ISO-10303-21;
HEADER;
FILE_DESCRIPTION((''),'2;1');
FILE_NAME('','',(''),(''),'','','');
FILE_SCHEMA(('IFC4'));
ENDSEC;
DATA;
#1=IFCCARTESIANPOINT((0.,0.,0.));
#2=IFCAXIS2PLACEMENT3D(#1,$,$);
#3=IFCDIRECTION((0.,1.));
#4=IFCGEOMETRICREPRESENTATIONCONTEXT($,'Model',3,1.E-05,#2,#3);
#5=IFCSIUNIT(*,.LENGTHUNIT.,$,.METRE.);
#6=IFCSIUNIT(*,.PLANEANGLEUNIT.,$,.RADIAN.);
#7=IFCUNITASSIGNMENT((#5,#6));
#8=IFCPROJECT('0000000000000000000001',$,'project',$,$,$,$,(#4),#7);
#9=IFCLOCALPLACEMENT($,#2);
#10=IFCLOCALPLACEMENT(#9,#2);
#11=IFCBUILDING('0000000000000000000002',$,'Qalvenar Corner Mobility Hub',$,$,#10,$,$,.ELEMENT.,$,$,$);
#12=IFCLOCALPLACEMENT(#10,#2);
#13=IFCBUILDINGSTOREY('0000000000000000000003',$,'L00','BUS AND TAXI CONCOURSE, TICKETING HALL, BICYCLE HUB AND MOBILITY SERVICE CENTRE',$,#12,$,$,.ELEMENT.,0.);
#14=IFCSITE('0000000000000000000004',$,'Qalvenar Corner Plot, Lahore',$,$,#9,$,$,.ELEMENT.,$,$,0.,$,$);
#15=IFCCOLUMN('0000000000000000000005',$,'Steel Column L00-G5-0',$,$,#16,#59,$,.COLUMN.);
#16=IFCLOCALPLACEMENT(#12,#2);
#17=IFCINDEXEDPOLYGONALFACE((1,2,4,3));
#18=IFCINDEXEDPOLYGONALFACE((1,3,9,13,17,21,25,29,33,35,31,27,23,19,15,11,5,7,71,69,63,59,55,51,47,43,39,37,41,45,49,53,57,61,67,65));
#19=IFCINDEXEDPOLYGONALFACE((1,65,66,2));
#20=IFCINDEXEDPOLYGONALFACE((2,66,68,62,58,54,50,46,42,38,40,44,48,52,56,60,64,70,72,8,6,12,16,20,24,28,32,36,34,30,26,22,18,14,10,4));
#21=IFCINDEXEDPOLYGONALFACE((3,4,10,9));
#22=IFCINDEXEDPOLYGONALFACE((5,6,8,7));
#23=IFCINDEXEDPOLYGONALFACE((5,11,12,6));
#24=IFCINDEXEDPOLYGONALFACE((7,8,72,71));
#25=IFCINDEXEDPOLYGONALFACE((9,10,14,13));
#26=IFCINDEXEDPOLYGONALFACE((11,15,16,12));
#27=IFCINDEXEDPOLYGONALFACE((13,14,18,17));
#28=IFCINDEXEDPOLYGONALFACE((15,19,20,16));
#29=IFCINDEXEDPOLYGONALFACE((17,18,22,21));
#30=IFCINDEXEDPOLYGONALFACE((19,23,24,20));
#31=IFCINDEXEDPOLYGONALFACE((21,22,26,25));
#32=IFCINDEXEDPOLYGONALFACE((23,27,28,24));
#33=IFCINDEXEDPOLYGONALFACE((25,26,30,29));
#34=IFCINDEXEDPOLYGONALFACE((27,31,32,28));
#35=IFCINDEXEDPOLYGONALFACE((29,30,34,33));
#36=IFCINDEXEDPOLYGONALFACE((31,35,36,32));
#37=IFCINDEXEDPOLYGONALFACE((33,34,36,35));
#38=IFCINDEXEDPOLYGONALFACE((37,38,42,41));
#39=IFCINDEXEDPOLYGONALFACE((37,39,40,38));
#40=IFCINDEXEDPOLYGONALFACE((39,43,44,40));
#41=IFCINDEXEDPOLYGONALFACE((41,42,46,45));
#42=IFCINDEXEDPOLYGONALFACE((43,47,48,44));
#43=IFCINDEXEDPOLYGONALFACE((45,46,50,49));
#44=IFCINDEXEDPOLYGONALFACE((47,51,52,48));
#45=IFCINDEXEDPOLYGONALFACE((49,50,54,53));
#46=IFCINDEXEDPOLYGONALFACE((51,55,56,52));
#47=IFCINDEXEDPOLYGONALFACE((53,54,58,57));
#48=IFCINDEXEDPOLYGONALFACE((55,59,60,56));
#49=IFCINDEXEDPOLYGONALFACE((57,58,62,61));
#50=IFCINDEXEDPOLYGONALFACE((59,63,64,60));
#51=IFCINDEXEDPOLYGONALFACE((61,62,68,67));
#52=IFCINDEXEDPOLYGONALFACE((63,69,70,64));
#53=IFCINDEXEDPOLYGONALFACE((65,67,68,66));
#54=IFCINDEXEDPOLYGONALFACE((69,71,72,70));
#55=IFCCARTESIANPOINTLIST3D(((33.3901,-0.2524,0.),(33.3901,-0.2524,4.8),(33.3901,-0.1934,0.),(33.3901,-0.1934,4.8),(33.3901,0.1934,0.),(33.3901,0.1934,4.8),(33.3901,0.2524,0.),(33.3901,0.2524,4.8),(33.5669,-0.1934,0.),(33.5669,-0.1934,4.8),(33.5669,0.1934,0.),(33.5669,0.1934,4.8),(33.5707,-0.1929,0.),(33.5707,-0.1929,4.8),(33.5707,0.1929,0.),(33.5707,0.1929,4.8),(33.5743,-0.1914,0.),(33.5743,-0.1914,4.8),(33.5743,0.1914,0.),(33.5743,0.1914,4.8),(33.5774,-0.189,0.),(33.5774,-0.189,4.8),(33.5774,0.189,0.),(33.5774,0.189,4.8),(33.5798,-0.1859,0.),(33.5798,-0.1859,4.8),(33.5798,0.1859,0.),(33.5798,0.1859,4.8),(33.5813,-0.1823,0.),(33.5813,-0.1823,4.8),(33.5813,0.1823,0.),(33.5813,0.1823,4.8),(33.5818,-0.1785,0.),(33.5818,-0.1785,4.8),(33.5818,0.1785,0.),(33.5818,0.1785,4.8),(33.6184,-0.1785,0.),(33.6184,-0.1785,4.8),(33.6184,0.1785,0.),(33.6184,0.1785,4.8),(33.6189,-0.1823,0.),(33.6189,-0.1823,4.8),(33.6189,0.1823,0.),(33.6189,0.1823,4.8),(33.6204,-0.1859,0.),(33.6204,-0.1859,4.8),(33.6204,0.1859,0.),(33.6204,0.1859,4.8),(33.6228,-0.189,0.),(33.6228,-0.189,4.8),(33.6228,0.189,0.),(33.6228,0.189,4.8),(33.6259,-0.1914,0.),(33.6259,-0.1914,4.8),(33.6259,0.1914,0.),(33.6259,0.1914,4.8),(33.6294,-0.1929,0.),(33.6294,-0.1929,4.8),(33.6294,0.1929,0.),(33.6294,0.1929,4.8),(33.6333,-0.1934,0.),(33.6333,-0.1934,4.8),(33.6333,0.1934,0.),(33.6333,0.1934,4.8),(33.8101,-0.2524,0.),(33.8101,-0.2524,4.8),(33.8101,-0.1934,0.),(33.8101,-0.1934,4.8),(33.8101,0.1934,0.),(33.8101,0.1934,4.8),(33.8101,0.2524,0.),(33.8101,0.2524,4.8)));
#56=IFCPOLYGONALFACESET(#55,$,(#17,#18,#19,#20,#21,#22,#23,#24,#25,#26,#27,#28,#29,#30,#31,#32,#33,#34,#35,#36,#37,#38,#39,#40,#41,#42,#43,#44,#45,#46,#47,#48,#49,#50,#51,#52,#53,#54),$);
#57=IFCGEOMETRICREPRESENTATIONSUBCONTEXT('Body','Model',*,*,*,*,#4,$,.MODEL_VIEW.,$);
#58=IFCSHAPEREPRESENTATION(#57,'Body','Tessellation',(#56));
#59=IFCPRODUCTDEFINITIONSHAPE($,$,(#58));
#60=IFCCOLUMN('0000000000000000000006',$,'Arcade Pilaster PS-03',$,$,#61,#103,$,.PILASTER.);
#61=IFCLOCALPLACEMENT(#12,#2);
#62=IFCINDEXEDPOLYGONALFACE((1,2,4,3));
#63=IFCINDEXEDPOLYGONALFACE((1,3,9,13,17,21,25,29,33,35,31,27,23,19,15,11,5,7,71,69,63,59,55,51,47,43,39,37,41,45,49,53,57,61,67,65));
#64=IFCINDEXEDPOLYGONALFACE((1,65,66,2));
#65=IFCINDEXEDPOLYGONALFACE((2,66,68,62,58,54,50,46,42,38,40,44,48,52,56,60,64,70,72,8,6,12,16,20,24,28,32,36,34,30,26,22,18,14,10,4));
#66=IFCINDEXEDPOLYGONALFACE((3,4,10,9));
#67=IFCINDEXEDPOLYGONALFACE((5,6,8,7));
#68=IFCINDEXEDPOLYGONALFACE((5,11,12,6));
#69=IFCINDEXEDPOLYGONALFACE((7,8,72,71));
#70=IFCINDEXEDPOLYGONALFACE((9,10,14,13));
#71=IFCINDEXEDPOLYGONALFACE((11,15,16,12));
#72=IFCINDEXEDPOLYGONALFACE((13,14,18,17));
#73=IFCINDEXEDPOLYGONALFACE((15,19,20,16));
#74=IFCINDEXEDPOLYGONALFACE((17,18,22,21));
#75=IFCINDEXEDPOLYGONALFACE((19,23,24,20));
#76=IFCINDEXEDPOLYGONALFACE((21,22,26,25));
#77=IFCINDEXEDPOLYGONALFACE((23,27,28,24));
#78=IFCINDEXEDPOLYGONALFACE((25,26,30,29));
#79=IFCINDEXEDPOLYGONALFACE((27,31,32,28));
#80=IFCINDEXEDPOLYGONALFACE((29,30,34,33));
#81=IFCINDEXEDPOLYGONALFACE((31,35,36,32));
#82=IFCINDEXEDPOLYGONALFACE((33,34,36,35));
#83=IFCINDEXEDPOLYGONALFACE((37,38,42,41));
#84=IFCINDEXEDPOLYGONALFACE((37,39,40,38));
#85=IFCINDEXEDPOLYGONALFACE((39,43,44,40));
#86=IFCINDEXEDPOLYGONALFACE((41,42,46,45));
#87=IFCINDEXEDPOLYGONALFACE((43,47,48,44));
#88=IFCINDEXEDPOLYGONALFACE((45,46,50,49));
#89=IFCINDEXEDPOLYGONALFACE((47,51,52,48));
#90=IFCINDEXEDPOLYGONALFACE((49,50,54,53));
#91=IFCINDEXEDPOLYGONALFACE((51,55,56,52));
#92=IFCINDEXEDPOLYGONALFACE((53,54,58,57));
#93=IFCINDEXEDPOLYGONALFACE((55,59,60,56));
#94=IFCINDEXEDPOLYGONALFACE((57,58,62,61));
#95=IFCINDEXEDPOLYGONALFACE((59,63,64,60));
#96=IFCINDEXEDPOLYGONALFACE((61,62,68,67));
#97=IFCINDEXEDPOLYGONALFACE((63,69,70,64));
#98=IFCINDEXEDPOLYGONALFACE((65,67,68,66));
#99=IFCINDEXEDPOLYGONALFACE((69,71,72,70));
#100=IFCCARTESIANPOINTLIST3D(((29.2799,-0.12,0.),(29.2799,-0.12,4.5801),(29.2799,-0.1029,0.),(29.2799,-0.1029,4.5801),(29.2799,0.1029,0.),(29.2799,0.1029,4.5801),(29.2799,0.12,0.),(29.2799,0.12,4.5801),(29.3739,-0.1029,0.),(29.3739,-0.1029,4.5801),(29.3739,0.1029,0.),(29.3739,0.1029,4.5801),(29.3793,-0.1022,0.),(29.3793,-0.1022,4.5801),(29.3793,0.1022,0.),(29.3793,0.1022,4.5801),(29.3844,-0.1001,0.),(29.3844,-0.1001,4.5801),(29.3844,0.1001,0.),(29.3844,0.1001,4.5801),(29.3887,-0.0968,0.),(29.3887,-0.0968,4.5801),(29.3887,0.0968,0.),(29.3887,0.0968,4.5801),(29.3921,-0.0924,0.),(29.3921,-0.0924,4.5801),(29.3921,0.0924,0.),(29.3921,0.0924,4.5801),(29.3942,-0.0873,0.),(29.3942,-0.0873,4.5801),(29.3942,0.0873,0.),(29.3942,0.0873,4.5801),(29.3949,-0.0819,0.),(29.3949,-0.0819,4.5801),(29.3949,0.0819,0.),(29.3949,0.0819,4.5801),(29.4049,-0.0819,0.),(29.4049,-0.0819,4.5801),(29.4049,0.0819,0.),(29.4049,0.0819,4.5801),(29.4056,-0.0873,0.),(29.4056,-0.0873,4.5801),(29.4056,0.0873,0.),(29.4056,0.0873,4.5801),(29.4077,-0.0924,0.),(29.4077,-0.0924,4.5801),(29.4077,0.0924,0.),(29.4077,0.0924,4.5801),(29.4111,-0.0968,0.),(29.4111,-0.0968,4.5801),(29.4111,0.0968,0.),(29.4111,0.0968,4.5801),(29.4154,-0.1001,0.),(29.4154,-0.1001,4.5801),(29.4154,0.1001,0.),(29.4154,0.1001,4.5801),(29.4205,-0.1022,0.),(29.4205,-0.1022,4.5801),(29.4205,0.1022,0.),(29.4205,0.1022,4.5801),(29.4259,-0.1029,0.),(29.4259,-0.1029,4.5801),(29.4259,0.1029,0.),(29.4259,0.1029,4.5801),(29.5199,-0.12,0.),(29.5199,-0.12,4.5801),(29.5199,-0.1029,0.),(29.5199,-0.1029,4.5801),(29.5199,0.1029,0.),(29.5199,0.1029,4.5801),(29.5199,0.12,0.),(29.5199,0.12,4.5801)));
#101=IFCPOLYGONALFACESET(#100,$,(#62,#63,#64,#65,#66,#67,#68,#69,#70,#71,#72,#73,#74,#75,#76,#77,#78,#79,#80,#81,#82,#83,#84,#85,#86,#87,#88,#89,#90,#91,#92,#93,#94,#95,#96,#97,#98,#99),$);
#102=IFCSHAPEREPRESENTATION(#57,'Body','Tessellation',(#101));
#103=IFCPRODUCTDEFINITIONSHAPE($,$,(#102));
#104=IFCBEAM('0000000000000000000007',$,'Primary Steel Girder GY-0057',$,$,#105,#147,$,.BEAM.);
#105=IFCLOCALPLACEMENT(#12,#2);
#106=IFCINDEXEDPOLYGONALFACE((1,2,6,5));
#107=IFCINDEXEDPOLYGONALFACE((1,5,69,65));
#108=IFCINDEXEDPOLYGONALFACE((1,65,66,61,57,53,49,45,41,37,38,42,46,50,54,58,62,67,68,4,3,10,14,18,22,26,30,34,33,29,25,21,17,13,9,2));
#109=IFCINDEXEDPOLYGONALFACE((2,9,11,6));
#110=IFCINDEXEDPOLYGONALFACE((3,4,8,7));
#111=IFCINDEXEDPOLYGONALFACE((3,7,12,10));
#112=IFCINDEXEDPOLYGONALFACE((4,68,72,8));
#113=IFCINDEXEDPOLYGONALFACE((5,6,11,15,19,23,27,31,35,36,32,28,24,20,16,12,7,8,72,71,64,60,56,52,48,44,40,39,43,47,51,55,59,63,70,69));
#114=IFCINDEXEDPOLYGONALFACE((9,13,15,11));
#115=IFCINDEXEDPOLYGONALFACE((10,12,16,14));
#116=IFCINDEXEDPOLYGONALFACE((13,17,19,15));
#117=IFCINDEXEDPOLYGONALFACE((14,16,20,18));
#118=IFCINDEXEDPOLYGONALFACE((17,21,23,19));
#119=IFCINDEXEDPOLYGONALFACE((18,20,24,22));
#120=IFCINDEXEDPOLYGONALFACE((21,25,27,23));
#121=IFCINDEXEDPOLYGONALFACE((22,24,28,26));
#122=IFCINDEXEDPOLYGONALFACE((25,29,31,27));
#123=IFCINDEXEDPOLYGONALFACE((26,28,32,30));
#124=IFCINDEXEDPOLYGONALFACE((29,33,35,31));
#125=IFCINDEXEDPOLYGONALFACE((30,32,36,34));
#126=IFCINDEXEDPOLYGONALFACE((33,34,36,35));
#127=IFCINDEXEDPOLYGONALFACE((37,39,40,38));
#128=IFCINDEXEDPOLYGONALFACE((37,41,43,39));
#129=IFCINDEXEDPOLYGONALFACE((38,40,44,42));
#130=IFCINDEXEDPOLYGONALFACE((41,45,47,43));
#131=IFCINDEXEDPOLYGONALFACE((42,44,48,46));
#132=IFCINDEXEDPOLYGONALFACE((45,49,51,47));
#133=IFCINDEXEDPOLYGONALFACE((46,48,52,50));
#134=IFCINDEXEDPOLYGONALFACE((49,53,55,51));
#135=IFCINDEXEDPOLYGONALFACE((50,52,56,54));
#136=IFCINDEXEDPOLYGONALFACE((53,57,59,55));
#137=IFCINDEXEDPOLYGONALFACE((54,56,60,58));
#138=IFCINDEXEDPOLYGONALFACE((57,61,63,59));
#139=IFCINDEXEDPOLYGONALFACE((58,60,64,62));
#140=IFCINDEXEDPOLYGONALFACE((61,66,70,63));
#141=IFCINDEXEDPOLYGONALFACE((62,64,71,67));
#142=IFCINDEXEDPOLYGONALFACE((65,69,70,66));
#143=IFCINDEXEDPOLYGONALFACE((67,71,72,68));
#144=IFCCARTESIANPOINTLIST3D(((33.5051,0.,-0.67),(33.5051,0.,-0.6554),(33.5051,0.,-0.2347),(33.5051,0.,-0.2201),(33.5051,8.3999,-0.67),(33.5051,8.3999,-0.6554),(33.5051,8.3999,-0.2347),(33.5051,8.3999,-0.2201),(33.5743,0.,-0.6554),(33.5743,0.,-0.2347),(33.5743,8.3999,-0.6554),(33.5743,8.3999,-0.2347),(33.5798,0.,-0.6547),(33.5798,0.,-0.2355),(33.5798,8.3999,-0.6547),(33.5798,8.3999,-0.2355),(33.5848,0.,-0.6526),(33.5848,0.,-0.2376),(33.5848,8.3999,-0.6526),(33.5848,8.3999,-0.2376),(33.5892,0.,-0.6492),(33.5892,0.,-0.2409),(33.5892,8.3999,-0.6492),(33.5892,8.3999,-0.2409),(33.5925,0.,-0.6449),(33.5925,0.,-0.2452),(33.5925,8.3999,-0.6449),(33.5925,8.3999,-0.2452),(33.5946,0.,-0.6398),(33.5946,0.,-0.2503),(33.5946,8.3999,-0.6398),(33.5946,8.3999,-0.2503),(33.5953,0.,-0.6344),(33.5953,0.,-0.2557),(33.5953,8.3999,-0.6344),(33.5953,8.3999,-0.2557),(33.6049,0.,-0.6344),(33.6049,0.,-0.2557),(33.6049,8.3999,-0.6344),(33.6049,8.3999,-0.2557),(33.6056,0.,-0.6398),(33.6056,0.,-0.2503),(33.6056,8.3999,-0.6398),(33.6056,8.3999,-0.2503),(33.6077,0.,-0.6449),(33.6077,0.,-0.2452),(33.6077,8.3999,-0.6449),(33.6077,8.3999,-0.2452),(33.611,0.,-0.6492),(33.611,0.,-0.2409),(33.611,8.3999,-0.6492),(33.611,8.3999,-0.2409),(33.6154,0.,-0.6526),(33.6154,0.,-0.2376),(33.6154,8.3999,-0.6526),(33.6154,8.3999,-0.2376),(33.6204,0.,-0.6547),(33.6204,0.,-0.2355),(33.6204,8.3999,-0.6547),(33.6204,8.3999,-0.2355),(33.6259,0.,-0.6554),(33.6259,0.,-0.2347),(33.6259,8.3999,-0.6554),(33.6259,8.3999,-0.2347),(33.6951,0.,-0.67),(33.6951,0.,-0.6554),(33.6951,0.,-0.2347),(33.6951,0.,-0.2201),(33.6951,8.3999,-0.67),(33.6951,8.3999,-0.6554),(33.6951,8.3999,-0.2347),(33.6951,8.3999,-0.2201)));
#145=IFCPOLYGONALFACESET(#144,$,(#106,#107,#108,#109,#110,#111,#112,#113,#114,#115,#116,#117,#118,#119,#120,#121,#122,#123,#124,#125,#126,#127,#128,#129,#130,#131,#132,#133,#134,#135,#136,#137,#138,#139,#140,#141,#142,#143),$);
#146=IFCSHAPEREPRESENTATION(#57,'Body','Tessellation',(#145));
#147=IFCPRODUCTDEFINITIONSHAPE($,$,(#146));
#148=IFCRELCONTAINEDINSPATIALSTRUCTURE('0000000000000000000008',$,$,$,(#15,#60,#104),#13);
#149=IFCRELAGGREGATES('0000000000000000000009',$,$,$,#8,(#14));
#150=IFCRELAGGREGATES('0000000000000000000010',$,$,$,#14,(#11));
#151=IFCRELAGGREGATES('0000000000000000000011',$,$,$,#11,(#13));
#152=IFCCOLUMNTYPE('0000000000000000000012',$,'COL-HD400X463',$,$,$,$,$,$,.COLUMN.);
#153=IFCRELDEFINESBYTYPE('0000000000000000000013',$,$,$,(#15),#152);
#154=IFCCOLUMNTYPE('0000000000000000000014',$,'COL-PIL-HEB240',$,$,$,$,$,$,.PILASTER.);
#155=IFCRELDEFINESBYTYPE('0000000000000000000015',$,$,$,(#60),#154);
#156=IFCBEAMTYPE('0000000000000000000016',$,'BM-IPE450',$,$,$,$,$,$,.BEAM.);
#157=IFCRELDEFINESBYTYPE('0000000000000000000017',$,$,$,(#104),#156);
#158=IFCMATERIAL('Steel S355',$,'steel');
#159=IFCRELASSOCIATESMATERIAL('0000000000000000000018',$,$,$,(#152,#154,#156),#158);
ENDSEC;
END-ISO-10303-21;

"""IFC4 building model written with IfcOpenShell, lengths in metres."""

from ifc_helpers import new_model, si_unit, direction, frame, origin, origin_2d, place, context, subcontext, project, spatial, i_section, extrude, material, material_profile, profile_set, type_object, element, save


model = new_model("IFC4")

# Units and contexts
model_context = context("Model", 3, precision=1e-05, world=origin(), true_north=direction((0.0, 1.0)))
body_context = subcontext(model_context, "Body", "Model", "MODEL_VIEW")
ifc_project = project(units=[si_unit("LENGTHUNIT", "METRE"), si_unit("PLANEANGLEUNIT", "RADIAN")], contexts=[model_context])

# Site, building, storey
site_placement = place(None, origin())
site = spatial("IfcSite", under=ifc_project, at=site_placement, Name="Qalvenar Corner Plot, Lahore", CompositionType="ELEMENT", RefElevation=0.0)
building_placement = place(site_placement, origin())
building = spatial("IfcBuilding", under=site, at=building_placement, Name="Qalvenar Corner Mobility Hub", CompositionType="ELEMENT")
storey_placement = place(building_placement, origin())
storey = spatial("IfcBuildingStorey", under=building, at=storey_placement, Name="L00", Description="BUS AND TAXI CONCOURSE, TICKETING HALL, BICYCLE HUB AND MOBILITY SERVICE CENTRE", CompositionType="ELEMENT", Elevation=0.0)

# Columns
ifc_material_1 = material(Name="Steel S355", Category="steel")
ifc_material_profile_1 = material_profile(ifc_material_1, i_section(OverallWidth=0.4199, OverallDepth=0.5049, WebThickness=0.0366, FlangeThickness=0.0591, FilletRadius=0.0149, at=origin_2d()), Name="HD400x551")
ifc_profile_set_1 = profile_set([ifc_material_profile_1], Name="Steel S355")
column_type_1 = type_object("IfcColumnType", Name="COL-HD400X463", PredefinedType="COLUMN", material=ifc_profile_set_1)
column_1_placement = place(storey_placement, frame((33.6001, 0.0, 0.0), z_axis=(0.0, 0.0, 1.0), x_axis=(1.0, 0.0, 0.0)))
element("IfcColumn", 1, at=column_1_placement, inside=storey, type_object=column_type_1, Name="Steel Column L00-G5-0", PredefinedType="COLUMN", context=body_context, shape_type="SweptSolid", body=[
    extrude(i_section(OverallWidth=0.4199, OverallDepth=0.5049, WebThickness=0.0366, FlangeThickness=0.0591, FilletRadius=0.0149, at=origin_2d()), origin(), (0.0, 0.0, 1.0), 4.8),
])
ifc_material_profile_2 = material_profile(ifc_material_1, i_section(OverallWidth=0.24, OverallDepth=0.24, WebThickness=0.01, FlangeThickness=0.0171, FilletRadius=0.021, at=origin_2d()), Name="HEB240")
ifc_profile_set_2 = profile_set([ifc_material_profile_2], Name="Steel S355")
column_type_2 = type_object("IfcColumnType", Name="COL-PIL-HEB240", PredefinedType="PILASTER", material=ifc_profile_set_2)
column_2_placement = place(storey_placement, frame((29.3999, 0.0, 0.0), z_axis=(0.0, 0.0, 1.0), x_axis=(1.0, 0.0, 0.0)))
element("IfcColumn", 2, at=column_2_placement, inside=storey, type_object=column_type_2, Name="Arcade Pilaster PS-03", PredefinedType="PILASTER", context=body_context, shape_type="SweptSolid", body=[
    extrude(i_section(OverallWidth=0.24, OverallDepth=0.24, WebThickness=0.01, FlangeThickness=0.0171, FilletRadius=0.021, at=origin_2d()), origin(), (0.0, 0.0, 1.0), 4.5801),
])

# Beam
ifc_material_profile_3 = material_profile(ifc_material_1, i_section(OverallWidth=0.1899, OverallDepth=0.45, WebThickness=0.0095, FlangeThickness=0.0146, FilletRadius=0.021, at=origin_2d()), Name="IPE450")
ifc_profile_set_3 = profile_set([ifc_material_profile_3], Name="Steel S355")
beam_type_1 = type_object("IfcBeamType", Name="BM-IPE450", PredefinedType="BEAM", material=ifc_profile_set_3)
beam_1_placement = place(storey_placement, frame((33.6001, 0.0, -0.4451), z_axis=(0.0, 1.0, 0.0), x_axis=(-1.0, 0.0, 0.0)))
element("IfcBeam", 3, at=beam_1_placement, inside=storey, type_object=beam_type_1, Name="Primary Steel Girder GY-0057", PredefinedType="BEAM", context=body_context, shape_type="SweptSolid", body=[
    extrude(i_section(OverallWidth=0.1899, OverallDepth=0.45, WebThickness=0.0095, FlangeThickness=0.0146, FilletRadius=0.021, at=origin_2d()), origin(), (0.0, 0.0, 1.0), 8.3999),
])

save(model, "model.ifc")
